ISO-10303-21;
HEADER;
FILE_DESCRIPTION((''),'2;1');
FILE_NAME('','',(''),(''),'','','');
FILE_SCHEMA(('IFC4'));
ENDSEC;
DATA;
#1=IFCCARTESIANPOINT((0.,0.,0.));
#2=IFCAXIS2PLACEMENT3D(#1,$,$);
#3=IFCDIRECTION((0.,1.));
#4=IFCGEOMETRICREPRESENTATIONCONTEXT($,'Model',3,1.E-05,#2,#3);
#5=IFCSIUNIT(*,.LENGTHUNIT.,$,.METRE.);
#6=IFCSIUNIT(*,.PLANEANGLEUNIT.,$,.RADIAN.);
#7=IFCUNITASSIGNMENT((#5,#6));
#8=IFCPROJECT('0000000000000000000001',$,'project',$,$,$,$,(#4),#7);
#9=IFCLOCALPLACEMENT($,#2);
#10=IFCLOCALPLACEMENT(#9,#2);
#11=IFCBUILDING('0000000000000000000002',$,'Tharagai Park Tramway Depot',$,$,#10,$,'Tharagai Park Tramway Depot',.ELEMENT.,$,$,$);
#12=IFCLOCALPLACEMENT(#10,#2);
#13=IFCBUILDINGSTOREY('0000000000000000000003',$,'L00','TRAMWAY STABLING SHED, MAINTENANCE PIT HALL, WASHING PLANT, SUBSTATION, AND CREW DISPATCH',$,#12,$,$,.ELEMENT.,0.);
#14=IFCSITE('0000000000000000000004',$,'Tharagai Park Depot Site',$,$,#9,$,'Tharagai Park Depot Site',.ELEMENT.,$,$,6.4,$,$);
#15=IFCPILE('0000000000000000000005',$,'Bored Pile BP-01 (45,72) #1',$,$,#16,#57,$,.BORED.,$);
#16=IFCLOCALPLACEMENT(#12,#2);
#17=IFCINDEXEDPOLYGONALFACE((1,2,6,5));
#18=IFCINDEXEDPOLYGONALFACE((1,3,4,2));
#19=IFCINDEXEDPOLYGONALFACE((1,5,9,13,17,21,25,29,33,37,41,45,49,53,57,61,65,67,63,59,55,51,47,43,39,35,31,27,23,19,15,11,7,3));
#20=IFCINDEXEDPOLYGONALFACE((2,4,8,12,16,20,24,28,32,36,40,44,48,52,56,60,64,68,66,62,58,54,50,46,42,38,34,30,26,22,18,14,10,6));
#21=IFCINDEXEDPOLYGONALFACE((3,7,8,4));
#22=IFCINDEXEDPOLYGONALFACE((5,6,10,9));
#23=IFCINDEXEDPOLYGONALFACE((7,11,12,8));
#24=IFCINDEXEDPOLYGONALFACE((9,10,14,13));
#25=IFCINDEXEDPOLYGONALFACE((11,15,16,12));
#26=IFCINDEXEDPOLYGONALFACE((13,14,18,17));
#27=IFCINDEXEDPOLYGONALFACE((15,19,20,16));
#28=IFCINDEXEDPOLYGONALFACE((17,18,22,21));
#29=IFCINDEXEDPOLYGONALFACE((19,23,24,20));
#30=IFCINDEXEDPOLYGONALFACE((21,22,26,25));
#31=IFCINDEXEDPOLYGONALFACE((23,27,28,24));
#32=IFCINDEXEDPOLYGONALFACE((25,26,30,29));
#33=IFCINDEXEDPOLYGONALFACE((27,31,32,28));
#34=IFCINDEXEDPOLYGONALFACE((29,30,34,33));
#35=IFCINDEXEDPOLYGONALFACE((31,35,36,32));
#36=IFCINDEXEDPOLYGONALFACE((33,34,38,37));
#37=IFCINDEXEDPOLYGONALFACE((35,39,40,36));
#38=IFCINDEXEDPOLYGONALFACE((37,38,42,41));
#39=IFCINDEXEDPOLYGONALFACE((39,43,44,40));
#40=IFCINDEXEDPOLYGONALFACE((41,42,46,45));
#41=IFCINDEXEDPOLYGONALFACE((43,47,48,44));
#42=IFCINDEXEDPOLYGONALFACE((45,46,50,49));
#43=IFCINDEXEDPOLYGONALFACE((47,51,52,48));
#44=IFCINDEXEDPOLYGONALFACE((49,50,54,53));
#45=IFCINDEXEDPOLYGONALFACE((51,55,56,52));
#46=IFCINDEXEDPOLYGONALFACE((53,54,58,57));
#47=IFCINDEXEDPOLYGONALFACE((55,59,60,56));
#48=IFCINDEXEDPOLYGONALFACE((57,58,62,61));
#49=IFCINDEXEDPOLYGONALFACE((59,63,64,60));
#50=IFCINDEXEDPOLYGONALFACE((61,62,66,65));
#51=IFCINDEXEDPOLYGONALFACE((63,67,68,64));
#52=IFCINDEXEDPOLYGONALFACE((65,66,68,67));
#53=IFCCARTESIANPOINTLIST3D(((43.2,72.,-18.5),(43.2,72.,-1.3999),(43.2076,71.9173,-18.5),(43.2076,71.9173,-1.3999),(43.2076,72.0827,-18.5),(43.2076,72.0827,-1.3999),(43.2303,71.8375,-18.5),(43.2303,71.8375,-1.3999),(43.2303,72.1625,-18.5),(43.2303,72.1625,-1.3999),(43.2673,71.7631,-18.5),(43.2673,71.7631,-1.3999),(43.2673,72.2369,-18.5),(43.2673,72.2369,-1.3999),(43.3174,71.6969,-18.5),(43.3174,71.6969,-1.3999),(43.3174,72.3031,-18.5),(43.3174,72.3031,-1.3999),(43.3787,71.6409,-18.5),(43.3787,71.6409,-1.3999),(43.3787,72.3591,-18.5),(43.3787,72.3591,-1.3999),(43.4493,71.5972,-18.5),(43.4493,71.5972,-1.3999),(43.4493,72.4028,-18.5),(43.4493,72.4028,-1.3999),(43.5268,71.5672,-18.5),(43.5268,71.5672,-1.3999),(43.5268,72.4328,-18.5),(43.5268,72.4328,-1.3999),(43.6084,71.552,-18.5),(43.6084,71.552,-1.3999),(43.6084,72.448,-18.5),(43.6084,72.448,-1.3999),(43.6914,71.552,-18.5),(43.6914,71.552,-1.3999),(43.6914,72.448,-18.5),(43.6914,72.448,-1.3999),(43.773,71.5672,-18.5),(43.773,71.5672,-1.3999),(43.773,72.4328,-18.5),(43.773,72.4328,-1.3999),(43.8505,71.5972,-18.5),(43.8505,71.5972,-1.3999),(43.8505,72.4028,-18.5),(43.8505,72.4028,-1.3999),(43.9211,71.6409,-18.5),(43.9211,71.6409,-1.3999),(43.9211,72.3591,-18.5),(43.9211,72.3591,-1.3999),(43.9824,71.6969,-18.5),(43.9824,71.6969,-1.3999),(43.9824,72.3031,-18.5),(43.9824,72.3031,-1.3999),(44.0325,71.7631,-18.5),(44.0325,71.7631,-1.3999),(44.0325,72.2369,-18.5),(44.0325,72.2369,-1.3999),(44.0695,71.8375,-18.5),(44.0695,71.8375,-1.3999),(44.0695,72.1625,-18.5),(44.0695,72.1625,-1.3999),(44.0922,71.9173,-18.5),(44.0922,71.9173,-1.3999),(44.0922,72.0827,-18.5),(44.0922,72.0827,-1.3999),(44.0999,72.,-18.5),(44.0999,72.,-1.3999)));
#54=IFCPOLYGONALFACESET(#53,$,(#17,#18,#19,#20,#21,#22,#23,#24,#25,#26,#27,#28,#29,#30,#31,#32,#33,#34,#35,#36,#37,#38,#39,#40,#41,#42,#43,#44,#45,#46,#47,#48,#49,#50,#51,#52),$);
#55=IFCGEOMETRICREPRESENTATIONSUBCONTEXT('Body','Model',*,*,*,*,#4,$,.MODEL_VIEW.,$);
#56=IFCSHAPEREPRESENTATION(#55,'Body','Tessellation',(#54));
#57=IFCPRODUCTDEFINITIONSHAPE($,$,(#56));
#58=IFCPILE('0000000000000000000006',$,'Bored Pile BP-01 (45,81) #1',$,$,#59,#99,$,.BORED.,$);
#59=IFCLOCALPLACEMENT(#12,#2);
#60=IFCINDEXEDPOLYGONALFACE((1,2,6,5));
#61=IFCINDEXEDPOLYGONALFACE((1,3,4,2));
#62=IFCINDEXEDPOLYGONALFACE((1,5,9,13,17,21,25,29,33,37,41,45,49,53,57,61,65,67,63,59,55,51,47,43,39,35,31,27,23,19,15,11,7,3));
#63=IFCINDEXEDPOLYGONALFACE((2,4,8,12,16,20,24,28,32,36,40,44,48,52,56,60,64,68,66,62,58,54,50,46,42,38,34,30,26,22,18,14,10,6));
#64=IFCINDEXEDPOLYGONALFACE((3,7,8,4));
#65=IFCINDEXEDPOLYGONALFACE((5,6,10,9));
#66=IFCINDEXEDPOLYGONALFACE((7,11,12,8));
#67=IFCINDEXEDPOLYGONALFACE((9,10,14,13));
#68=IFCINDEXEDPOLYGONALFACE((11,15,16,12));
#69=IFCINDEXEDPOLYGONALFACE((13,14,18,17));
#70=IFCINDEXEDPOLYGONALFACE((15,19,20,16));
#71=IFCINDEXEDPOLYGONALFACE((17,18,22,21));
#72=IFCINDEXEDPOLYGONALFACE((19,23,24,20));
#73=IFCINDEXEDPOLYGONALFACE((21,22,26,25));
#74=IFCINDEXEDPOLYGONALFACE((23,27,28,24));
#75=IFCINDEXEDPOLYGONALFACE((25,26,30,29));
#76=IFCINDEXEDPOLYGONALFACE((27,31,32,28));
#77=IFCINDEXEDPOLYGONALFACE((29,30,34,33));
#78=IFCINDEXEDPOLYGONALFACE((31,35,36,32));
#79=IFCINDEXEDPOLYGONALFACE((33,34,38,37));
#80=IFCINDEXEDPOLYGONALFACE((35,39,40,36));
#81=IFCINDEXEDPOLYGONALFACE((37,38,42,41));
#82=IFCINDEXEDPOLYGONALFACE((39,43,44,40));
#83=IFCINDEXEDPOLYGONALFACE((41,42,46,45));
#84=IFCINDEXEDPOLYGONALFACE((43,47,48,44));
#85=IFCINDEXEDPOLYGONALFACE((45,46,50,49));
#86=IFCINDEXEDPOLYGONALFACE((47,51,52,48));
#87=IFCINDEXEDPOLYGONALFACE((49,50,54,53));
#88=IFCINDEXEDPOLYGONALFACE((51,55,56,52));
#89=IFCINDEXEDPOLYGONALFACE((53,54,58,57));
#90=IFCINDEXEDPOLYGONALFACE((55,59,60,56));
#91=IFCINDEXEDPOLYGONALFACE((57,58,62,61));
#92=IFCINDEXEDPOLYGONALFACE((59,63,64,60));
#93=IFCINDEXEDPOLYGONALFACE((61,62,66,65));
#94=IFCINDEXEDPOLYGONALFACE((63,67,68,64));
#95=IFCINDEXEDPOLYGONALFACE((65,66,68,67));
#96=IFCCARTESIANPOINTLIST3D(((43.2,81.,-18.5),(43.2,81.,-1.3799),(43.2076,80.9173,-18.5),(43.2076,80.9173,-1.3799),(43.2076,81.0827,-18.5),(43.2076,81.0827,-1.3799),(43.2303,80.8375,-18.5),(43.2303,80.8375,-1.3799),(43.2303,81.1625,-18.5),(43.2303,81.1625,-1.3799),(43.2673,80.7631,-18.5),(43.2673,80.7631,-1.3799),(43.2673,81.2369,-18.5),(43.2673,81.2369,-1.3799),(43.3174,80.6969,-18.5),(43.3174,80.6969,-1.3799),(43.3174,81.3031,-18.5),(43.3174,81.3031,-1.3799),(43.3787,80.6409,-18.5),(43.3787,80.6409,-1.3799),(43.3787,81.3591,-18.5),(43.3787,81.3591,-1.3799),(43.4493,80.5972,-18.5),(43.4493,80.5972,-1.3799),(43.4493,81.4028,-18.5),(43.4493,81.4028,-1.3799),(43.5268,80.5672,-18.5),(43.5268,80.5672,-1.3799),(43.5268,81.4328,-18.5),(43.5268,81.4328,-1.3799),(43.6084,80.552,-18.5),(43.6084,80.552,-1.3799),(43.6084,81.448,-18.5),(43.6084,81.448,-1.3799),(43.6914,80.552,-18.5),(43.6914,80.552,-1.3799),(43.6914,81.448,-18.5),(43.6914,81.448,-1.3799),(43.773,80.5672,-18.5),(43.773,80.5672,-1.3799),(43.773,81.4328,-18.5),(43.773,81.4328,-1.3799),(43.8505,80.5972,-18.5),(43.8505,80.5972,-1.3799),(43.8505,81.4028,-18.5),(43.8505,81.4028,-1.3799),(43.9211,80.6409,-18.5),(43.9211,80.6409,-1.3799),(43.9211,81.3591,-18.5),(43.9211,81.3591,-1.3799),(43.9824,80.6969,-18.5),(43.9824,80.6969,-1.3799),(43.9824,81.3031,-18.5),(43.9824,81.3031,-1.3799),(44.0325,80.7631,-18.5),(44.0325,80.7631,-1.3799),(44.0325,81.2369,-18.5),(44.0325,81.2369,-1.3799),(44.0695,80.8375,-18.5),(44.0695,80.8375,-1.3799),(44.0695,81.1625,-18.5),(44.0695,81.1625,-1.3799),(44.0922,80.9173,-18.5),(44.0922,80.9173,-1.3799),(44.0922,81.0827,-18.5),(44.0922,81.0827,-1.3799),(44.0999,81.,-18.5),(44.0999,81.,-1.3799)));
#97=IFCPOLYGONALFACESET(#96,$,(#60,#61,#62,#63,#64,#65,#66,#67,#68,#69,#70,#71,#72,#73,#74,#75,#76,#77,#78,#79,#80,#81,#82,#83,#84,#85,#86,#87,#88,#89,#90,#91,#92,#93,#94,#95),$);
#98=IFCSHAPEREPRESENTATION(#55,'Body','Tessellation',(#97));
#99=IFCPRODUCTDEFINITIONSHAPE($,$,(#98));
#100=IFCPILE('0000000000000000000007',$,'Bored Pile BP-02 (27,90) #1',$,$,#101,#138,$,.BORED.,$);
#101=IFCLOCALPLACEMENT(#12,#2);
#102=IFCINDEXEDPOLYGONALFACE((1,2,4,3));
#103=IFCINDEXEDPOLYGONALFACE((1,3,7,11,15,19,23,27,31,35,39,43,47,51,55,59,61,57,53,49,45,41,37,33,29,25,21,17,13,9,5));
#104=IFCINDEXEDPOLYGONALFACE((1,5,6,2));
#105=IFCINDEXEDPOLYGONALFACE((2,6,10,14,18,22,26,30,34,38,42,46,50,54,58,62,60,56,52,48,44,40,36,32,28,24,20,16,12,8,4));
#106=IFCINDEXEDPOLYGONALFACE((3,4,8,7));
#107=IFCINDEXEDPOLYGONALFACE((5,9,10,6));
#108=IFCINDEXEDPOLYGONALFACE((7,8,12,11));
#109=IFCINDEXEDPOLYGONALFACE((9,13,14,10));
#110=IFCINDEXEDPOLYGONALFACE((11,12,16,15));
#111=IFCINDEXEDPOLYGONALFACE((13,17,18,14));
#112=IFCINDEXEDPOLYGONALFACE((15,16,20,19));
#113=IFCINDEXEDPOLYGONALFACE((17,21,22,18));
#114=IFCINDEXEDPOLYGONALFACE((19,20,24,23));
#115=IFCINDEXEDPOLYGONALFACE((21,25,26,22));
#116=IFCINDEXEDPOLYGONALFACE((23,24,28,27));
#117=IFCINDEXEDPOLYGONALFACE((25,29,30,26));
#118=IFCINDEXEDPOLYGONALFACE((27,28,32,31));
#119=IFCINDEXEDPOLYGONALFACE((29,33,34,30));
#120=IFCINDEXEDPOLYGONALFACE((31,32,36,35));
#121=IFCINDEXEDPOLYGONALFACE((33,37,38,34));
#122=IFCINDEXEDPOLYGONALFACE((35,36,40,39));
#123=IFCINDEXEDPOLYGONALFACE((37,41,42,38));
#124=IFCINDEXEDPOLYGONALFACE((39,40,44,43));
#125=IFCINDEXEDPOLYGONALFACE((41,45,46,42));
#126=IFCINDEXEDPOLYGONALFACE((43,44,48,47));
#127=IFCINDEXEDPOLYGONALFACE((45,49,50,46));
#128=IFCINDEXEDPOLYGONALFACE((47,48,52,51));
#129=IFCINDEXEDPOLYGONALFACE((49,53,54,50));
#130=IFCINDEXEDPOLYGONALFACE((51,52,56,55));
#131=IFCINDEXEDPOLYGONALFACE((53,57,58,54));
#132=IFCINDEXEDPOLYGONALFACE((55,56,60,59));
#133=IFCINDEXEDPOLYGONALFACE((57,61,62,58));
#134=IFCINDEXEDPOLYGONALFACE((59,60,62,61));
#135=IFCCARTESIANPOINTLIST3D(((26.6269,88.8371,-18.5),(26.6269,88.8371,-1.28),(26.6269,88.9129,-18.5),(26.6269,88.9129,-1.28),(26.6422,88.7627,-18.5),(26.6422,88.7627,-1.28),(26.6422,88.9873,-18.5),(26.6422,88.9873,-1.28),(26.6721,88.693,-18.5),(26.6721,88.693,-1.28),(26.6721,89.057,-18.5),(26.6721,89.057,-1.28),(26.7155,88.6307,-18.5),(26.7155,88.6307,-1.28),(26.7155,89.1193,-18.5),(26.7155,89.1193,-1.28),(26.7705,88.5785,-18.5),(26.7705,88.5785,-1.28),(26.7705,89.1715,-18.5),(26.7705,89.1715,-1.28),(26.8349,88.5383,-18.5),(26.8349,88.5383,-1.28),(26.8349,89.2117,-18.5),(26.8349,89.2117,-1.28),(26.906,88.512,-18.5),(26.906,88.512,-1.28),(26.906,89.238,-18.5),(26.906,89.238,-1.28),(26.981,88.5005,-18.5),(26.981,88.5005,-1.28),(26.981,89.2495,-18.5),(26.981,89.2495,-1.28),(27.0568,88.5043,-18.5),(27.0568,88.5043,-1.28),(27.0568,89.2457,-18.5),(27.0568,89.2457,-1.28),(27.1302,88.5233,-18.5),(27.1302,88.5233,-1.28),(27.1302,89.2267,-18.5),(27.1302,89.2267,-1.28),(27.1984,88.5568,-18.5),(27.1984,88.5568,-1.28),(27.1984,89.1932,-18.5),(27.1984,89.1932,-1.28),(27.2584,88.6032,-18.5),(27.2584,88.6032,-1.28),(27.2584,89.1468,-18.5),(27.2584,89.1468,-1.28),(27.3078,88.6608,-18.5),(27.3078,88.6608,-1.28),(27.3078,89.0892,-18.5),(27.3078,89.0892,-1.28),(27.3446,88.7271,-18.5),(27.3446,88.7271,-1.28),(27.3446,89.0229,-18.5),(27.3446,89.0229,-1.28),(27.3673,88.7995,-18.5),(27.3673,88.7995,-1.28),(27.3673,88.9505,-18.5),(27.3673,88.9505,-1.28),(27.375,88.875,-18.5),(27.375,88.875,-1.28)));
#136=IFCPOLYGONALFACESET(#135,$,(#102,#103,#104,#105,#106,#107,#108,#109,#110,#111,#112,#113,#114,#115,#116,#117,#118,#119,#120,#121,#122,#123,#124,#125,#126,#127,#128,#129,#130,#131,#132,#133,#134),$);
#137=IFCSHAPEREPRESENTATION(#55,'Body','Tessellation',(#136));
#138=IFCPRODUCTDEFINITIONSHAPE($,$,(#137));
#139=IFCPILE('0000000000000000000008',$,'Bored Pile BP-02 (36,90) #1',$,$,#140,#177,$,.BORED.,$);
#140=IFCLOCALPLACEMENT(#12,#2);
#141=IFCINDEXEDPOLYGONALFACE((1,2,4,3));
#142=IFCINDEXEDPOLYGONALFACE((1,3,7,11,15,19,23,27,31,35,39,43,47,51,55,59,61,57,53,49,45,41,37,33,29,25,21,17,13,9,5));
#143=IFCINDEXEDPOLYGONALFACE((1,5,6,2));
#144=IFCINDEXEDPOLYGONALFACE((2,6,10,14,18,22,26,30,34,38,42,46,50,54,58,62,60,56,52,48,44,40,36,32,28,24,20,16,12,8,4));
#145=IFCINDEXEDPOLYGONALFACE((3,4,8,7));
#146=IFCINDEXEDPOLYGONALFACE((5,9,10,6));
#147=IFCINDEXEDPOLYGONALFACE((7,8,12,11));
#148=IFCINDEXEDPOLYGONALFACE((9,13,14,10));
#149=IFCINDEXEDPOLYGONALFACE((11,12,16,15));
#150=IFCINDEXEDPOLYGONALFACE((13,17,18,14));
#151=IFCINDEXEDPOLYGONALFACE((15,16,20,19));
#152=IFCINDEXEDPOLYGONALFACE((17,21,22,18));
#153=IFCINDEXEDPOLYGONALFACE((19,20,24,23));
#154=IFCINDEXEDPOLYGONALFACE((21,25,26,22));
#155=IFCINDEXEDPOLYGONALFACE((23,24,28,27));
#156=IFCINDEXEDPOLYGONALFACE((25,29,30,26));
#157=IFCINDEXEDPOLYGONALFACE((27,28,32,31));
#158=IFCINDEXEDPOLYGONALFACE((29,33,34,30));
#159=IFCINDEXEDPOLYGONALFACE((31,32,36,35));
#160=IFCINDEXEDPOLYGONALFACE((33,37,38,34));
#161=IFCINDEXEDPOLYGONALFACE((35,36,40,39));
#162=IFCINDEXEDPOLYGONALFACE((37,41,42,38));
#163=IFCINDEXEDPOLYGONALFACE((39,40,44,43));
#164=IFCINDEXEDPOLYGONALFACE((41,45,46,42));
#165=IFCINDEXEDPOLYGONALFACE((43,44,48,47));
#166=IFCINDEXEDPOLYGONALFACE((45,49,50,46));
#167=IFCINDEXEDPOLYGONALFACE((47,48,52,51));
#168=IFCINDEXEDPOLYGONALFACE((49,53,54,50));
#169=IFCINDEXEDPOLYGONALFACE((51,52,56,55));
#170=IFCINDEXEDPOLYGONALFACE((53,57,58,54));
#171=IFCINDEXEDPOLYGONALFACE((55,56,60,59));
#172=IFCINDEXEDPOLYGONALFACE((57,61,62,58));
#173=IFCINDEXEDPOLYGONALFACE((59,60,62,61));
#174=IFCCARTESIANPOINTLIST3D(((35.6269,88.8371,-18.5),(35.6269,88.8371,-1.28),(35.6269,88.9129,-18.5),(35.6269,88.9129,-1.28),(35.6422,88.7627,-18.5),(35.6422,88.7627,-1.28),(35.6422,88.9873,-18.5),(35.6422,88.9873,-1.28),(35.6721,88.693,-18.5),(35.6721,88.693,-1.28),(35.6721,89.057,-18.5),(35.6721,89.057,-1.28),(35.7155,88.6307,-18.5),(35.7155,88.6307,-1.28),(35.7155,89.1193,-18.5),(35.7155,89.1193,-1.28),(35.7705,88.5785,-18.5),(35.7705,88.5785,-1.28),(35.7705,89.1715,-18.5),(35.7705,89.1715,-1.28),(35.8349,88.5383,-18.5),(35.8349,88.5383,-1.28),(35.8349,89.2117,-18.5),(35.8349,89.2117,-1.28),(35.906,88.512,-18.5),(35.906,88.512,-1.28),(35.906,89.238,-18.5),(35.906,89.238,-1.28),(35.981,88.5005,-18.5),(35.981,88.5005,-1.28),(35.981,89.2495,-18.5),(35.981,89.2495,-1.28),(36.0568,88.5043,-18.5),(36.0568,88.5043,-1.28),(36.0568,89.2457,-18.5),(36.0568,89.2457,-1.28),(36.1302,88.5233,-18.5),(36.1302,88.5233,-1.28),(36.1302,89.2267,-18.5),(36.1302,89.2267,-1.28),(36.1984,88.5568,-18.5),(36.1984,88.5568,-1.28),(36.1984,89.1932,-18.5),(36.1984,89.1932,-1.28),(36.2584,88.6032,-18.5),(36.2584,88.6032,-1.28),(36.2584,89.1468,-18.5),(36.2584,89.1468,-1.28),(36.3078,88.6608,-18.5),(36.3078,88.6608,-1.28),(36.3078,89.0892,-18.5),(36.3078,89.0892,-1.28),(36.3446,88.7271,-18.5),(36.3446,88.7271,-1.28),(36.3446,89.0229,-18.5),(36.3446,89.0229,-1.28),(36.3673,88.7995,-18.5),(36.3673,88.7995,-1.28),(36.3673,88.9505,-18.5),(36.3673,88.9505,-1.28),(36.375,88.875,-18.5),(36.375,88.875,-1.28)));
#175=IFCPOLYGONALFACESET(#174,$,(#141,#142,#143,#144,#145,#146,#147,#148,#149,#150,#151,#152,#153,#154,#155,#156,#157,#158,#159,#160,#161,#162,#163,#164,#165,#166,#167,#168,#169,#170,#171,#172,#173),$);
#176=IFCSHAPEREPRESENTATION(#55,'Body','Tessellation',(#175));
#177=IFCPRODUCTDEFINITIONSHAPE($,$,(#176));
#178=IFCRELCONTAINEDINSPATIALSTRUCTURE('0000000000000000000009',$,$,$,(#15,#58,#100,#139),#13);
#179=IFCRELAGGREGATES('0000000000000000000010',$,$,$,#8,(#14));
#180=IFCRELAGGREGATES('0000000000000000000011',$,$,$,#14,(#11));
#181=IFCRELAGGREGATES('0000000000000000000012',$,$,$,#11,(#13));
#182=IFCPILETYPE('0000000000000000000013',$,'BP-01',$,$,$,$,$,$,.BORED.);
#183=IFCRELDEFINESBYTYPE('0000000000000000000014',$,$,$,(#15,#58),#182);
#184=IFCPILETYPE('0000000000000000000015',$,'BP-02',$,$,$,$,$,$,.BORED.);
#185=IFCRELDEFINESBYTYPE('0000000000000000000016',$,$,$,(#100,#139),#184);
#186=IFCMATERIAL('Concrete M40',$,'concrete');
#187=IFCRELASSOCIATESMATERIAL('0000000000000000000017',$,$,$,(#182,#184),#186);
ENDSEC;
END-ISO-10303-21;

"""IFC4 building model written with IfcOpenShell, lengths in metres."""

from ifc_helpers import new_model, si_unit, direction, frame, origin, origin_2d, place, context, subcontext, project, spatial, circle, extrude, material, material_profile, profile_set, type_object, element, save


model = new_model("IFC4")

# Units and contexts
model_context = context("Model", 3, precision=1e-05, world=origin(), true_north=direction((0.0, 1.0)))
body_context = subcontext(model_context, "Body", "Model", "MODEL_VIEW")
ifc_project = project(units=[si_unit("LENGTHUNIT", "METRE"), si_unit("PLANEANGLEUNIT", "RADIAN")], contexts=[model_context])

# Site, building, storey
site_placement = place(None, origin())
site = spatial("IfcSite", under=ifc_project, at=site_placement, Name="Tharagai Park Depot Site", LongName="Tharagai Park Depot Site", CompositionType="ELEMENT", RefElevation=6.4)
building_placement = place(site_placement, origin())
building = spatial("IfcBuilding", under=site, at=building_placement, Name="Tharagai Park Tramway Depot", LongName="Tharagai Park Tramway Depot", CompositionType="ELEMENT")
storey_placement = place(building_placement, origin())
storey = spatial("IfcBuildingStorey", under=building, at=storey_placement, Name="L00", Description="TRAMWAY STABLING SHED, MAINTENANCE PIT HALL, WASHING PLANT, SUBSTATION, AND CREW DISPATCH", CompositionType="ELEMENT", Elevation=0.0)

# Piles
ifc_material = material(Name="Concrete M40", Category="concrete")
ifc_material_profile_1 = material_profile(ifc_material, circle(Radius=0.45, at=origin_2d()), Name="PILE D900")
ifc_profile_set_1 = profile_set([ifc_material_profile_1], Name="Concrete M40")
pile_type_1 = type_object("IfcPileType", Name="BP-01", PredefinedType="BORED", material=ifc_profile_set_1)
for number, where, z_axis, x_axis, name in (
    (1, (43.6499, 72.0, -1.3999), (0.0, 0.0, -1.0), (1.0, 0.0, 0.0), "Bored Pile BP-01 (45,72) #1"),
):
    element("IfcPile", number, at=place(storey_placement, frame(where, z_axis=z_axis, x_axis=x_axis)), inside=storey, type_object=pile_type_1, Name=name, PredefinedType="BORED", context=body_context, shape_type="SweptSolid", body=[
        extrude(circle(Radius=0.45, at=origin_2d()), origin(), (0.0, 0.0, 1.0), 17.1001),
    ])
pile_placement = place(storey_placement, frame((43.6499, 81.0, -1.3799), z_axis=(0.0, 0.0, -1.0), x_axis=(1.0, 0.0, 0.0)))
element("IfcPile", 2, at=pile_placement, inside=storey, type_object=pile_type_1, Name="Bored Pile BP-01 (45,81) #1", PredefinedType="BORED", context=body_context, shape_type="SweptSolid", body=[
    extrude(circle(Radius=0.45, at=origin_2d()), origin(), (0.0, 0.0, 1.0), 17.1201),
])
ifc_material_profile_2 = material_profile(ifc_material, circle(Radius=0.375, at=origin_2d()), Name="PILE D750")
ifc_profile_set_2 = profile_set([ifc_material_profile_2], Name="Concrete M40")
pile_type_2 = type_object("IfcPileType", Name="BP-02", PredefinedType="BORED", material=ifc_profile_set_2)
for number, where, z_axis, x_axis, name in (
    (3, (27.0, 88.875, -1.28), (0.0, 0.0, -1.0), (1.0, 0.0, 0.0), "Bored Pile BP-02 (27,90) #1"),
    (4, (36.0, 88.875, -1.28), (0.0, 0.0, -1.0), (1.0, 0.0, 0.0), "Bored Pile BP-02 (36,90) #1"),
):
    element("IfcPile", number, at=place(storey_placement, frame(where, z_axis=z_axis, x_axis=x_axis)), inside=storey, type_object=pile_type_2, Name=name, PredefinedType="BORED", context=body_context, shape_type="SweptSolid", body=[
        extrude(circle(Radius=0.375, at=origin_2d()), origin(), (0.0, 0.0, 1.0), 17.22),
    ])

save(model, "model.ifc")
